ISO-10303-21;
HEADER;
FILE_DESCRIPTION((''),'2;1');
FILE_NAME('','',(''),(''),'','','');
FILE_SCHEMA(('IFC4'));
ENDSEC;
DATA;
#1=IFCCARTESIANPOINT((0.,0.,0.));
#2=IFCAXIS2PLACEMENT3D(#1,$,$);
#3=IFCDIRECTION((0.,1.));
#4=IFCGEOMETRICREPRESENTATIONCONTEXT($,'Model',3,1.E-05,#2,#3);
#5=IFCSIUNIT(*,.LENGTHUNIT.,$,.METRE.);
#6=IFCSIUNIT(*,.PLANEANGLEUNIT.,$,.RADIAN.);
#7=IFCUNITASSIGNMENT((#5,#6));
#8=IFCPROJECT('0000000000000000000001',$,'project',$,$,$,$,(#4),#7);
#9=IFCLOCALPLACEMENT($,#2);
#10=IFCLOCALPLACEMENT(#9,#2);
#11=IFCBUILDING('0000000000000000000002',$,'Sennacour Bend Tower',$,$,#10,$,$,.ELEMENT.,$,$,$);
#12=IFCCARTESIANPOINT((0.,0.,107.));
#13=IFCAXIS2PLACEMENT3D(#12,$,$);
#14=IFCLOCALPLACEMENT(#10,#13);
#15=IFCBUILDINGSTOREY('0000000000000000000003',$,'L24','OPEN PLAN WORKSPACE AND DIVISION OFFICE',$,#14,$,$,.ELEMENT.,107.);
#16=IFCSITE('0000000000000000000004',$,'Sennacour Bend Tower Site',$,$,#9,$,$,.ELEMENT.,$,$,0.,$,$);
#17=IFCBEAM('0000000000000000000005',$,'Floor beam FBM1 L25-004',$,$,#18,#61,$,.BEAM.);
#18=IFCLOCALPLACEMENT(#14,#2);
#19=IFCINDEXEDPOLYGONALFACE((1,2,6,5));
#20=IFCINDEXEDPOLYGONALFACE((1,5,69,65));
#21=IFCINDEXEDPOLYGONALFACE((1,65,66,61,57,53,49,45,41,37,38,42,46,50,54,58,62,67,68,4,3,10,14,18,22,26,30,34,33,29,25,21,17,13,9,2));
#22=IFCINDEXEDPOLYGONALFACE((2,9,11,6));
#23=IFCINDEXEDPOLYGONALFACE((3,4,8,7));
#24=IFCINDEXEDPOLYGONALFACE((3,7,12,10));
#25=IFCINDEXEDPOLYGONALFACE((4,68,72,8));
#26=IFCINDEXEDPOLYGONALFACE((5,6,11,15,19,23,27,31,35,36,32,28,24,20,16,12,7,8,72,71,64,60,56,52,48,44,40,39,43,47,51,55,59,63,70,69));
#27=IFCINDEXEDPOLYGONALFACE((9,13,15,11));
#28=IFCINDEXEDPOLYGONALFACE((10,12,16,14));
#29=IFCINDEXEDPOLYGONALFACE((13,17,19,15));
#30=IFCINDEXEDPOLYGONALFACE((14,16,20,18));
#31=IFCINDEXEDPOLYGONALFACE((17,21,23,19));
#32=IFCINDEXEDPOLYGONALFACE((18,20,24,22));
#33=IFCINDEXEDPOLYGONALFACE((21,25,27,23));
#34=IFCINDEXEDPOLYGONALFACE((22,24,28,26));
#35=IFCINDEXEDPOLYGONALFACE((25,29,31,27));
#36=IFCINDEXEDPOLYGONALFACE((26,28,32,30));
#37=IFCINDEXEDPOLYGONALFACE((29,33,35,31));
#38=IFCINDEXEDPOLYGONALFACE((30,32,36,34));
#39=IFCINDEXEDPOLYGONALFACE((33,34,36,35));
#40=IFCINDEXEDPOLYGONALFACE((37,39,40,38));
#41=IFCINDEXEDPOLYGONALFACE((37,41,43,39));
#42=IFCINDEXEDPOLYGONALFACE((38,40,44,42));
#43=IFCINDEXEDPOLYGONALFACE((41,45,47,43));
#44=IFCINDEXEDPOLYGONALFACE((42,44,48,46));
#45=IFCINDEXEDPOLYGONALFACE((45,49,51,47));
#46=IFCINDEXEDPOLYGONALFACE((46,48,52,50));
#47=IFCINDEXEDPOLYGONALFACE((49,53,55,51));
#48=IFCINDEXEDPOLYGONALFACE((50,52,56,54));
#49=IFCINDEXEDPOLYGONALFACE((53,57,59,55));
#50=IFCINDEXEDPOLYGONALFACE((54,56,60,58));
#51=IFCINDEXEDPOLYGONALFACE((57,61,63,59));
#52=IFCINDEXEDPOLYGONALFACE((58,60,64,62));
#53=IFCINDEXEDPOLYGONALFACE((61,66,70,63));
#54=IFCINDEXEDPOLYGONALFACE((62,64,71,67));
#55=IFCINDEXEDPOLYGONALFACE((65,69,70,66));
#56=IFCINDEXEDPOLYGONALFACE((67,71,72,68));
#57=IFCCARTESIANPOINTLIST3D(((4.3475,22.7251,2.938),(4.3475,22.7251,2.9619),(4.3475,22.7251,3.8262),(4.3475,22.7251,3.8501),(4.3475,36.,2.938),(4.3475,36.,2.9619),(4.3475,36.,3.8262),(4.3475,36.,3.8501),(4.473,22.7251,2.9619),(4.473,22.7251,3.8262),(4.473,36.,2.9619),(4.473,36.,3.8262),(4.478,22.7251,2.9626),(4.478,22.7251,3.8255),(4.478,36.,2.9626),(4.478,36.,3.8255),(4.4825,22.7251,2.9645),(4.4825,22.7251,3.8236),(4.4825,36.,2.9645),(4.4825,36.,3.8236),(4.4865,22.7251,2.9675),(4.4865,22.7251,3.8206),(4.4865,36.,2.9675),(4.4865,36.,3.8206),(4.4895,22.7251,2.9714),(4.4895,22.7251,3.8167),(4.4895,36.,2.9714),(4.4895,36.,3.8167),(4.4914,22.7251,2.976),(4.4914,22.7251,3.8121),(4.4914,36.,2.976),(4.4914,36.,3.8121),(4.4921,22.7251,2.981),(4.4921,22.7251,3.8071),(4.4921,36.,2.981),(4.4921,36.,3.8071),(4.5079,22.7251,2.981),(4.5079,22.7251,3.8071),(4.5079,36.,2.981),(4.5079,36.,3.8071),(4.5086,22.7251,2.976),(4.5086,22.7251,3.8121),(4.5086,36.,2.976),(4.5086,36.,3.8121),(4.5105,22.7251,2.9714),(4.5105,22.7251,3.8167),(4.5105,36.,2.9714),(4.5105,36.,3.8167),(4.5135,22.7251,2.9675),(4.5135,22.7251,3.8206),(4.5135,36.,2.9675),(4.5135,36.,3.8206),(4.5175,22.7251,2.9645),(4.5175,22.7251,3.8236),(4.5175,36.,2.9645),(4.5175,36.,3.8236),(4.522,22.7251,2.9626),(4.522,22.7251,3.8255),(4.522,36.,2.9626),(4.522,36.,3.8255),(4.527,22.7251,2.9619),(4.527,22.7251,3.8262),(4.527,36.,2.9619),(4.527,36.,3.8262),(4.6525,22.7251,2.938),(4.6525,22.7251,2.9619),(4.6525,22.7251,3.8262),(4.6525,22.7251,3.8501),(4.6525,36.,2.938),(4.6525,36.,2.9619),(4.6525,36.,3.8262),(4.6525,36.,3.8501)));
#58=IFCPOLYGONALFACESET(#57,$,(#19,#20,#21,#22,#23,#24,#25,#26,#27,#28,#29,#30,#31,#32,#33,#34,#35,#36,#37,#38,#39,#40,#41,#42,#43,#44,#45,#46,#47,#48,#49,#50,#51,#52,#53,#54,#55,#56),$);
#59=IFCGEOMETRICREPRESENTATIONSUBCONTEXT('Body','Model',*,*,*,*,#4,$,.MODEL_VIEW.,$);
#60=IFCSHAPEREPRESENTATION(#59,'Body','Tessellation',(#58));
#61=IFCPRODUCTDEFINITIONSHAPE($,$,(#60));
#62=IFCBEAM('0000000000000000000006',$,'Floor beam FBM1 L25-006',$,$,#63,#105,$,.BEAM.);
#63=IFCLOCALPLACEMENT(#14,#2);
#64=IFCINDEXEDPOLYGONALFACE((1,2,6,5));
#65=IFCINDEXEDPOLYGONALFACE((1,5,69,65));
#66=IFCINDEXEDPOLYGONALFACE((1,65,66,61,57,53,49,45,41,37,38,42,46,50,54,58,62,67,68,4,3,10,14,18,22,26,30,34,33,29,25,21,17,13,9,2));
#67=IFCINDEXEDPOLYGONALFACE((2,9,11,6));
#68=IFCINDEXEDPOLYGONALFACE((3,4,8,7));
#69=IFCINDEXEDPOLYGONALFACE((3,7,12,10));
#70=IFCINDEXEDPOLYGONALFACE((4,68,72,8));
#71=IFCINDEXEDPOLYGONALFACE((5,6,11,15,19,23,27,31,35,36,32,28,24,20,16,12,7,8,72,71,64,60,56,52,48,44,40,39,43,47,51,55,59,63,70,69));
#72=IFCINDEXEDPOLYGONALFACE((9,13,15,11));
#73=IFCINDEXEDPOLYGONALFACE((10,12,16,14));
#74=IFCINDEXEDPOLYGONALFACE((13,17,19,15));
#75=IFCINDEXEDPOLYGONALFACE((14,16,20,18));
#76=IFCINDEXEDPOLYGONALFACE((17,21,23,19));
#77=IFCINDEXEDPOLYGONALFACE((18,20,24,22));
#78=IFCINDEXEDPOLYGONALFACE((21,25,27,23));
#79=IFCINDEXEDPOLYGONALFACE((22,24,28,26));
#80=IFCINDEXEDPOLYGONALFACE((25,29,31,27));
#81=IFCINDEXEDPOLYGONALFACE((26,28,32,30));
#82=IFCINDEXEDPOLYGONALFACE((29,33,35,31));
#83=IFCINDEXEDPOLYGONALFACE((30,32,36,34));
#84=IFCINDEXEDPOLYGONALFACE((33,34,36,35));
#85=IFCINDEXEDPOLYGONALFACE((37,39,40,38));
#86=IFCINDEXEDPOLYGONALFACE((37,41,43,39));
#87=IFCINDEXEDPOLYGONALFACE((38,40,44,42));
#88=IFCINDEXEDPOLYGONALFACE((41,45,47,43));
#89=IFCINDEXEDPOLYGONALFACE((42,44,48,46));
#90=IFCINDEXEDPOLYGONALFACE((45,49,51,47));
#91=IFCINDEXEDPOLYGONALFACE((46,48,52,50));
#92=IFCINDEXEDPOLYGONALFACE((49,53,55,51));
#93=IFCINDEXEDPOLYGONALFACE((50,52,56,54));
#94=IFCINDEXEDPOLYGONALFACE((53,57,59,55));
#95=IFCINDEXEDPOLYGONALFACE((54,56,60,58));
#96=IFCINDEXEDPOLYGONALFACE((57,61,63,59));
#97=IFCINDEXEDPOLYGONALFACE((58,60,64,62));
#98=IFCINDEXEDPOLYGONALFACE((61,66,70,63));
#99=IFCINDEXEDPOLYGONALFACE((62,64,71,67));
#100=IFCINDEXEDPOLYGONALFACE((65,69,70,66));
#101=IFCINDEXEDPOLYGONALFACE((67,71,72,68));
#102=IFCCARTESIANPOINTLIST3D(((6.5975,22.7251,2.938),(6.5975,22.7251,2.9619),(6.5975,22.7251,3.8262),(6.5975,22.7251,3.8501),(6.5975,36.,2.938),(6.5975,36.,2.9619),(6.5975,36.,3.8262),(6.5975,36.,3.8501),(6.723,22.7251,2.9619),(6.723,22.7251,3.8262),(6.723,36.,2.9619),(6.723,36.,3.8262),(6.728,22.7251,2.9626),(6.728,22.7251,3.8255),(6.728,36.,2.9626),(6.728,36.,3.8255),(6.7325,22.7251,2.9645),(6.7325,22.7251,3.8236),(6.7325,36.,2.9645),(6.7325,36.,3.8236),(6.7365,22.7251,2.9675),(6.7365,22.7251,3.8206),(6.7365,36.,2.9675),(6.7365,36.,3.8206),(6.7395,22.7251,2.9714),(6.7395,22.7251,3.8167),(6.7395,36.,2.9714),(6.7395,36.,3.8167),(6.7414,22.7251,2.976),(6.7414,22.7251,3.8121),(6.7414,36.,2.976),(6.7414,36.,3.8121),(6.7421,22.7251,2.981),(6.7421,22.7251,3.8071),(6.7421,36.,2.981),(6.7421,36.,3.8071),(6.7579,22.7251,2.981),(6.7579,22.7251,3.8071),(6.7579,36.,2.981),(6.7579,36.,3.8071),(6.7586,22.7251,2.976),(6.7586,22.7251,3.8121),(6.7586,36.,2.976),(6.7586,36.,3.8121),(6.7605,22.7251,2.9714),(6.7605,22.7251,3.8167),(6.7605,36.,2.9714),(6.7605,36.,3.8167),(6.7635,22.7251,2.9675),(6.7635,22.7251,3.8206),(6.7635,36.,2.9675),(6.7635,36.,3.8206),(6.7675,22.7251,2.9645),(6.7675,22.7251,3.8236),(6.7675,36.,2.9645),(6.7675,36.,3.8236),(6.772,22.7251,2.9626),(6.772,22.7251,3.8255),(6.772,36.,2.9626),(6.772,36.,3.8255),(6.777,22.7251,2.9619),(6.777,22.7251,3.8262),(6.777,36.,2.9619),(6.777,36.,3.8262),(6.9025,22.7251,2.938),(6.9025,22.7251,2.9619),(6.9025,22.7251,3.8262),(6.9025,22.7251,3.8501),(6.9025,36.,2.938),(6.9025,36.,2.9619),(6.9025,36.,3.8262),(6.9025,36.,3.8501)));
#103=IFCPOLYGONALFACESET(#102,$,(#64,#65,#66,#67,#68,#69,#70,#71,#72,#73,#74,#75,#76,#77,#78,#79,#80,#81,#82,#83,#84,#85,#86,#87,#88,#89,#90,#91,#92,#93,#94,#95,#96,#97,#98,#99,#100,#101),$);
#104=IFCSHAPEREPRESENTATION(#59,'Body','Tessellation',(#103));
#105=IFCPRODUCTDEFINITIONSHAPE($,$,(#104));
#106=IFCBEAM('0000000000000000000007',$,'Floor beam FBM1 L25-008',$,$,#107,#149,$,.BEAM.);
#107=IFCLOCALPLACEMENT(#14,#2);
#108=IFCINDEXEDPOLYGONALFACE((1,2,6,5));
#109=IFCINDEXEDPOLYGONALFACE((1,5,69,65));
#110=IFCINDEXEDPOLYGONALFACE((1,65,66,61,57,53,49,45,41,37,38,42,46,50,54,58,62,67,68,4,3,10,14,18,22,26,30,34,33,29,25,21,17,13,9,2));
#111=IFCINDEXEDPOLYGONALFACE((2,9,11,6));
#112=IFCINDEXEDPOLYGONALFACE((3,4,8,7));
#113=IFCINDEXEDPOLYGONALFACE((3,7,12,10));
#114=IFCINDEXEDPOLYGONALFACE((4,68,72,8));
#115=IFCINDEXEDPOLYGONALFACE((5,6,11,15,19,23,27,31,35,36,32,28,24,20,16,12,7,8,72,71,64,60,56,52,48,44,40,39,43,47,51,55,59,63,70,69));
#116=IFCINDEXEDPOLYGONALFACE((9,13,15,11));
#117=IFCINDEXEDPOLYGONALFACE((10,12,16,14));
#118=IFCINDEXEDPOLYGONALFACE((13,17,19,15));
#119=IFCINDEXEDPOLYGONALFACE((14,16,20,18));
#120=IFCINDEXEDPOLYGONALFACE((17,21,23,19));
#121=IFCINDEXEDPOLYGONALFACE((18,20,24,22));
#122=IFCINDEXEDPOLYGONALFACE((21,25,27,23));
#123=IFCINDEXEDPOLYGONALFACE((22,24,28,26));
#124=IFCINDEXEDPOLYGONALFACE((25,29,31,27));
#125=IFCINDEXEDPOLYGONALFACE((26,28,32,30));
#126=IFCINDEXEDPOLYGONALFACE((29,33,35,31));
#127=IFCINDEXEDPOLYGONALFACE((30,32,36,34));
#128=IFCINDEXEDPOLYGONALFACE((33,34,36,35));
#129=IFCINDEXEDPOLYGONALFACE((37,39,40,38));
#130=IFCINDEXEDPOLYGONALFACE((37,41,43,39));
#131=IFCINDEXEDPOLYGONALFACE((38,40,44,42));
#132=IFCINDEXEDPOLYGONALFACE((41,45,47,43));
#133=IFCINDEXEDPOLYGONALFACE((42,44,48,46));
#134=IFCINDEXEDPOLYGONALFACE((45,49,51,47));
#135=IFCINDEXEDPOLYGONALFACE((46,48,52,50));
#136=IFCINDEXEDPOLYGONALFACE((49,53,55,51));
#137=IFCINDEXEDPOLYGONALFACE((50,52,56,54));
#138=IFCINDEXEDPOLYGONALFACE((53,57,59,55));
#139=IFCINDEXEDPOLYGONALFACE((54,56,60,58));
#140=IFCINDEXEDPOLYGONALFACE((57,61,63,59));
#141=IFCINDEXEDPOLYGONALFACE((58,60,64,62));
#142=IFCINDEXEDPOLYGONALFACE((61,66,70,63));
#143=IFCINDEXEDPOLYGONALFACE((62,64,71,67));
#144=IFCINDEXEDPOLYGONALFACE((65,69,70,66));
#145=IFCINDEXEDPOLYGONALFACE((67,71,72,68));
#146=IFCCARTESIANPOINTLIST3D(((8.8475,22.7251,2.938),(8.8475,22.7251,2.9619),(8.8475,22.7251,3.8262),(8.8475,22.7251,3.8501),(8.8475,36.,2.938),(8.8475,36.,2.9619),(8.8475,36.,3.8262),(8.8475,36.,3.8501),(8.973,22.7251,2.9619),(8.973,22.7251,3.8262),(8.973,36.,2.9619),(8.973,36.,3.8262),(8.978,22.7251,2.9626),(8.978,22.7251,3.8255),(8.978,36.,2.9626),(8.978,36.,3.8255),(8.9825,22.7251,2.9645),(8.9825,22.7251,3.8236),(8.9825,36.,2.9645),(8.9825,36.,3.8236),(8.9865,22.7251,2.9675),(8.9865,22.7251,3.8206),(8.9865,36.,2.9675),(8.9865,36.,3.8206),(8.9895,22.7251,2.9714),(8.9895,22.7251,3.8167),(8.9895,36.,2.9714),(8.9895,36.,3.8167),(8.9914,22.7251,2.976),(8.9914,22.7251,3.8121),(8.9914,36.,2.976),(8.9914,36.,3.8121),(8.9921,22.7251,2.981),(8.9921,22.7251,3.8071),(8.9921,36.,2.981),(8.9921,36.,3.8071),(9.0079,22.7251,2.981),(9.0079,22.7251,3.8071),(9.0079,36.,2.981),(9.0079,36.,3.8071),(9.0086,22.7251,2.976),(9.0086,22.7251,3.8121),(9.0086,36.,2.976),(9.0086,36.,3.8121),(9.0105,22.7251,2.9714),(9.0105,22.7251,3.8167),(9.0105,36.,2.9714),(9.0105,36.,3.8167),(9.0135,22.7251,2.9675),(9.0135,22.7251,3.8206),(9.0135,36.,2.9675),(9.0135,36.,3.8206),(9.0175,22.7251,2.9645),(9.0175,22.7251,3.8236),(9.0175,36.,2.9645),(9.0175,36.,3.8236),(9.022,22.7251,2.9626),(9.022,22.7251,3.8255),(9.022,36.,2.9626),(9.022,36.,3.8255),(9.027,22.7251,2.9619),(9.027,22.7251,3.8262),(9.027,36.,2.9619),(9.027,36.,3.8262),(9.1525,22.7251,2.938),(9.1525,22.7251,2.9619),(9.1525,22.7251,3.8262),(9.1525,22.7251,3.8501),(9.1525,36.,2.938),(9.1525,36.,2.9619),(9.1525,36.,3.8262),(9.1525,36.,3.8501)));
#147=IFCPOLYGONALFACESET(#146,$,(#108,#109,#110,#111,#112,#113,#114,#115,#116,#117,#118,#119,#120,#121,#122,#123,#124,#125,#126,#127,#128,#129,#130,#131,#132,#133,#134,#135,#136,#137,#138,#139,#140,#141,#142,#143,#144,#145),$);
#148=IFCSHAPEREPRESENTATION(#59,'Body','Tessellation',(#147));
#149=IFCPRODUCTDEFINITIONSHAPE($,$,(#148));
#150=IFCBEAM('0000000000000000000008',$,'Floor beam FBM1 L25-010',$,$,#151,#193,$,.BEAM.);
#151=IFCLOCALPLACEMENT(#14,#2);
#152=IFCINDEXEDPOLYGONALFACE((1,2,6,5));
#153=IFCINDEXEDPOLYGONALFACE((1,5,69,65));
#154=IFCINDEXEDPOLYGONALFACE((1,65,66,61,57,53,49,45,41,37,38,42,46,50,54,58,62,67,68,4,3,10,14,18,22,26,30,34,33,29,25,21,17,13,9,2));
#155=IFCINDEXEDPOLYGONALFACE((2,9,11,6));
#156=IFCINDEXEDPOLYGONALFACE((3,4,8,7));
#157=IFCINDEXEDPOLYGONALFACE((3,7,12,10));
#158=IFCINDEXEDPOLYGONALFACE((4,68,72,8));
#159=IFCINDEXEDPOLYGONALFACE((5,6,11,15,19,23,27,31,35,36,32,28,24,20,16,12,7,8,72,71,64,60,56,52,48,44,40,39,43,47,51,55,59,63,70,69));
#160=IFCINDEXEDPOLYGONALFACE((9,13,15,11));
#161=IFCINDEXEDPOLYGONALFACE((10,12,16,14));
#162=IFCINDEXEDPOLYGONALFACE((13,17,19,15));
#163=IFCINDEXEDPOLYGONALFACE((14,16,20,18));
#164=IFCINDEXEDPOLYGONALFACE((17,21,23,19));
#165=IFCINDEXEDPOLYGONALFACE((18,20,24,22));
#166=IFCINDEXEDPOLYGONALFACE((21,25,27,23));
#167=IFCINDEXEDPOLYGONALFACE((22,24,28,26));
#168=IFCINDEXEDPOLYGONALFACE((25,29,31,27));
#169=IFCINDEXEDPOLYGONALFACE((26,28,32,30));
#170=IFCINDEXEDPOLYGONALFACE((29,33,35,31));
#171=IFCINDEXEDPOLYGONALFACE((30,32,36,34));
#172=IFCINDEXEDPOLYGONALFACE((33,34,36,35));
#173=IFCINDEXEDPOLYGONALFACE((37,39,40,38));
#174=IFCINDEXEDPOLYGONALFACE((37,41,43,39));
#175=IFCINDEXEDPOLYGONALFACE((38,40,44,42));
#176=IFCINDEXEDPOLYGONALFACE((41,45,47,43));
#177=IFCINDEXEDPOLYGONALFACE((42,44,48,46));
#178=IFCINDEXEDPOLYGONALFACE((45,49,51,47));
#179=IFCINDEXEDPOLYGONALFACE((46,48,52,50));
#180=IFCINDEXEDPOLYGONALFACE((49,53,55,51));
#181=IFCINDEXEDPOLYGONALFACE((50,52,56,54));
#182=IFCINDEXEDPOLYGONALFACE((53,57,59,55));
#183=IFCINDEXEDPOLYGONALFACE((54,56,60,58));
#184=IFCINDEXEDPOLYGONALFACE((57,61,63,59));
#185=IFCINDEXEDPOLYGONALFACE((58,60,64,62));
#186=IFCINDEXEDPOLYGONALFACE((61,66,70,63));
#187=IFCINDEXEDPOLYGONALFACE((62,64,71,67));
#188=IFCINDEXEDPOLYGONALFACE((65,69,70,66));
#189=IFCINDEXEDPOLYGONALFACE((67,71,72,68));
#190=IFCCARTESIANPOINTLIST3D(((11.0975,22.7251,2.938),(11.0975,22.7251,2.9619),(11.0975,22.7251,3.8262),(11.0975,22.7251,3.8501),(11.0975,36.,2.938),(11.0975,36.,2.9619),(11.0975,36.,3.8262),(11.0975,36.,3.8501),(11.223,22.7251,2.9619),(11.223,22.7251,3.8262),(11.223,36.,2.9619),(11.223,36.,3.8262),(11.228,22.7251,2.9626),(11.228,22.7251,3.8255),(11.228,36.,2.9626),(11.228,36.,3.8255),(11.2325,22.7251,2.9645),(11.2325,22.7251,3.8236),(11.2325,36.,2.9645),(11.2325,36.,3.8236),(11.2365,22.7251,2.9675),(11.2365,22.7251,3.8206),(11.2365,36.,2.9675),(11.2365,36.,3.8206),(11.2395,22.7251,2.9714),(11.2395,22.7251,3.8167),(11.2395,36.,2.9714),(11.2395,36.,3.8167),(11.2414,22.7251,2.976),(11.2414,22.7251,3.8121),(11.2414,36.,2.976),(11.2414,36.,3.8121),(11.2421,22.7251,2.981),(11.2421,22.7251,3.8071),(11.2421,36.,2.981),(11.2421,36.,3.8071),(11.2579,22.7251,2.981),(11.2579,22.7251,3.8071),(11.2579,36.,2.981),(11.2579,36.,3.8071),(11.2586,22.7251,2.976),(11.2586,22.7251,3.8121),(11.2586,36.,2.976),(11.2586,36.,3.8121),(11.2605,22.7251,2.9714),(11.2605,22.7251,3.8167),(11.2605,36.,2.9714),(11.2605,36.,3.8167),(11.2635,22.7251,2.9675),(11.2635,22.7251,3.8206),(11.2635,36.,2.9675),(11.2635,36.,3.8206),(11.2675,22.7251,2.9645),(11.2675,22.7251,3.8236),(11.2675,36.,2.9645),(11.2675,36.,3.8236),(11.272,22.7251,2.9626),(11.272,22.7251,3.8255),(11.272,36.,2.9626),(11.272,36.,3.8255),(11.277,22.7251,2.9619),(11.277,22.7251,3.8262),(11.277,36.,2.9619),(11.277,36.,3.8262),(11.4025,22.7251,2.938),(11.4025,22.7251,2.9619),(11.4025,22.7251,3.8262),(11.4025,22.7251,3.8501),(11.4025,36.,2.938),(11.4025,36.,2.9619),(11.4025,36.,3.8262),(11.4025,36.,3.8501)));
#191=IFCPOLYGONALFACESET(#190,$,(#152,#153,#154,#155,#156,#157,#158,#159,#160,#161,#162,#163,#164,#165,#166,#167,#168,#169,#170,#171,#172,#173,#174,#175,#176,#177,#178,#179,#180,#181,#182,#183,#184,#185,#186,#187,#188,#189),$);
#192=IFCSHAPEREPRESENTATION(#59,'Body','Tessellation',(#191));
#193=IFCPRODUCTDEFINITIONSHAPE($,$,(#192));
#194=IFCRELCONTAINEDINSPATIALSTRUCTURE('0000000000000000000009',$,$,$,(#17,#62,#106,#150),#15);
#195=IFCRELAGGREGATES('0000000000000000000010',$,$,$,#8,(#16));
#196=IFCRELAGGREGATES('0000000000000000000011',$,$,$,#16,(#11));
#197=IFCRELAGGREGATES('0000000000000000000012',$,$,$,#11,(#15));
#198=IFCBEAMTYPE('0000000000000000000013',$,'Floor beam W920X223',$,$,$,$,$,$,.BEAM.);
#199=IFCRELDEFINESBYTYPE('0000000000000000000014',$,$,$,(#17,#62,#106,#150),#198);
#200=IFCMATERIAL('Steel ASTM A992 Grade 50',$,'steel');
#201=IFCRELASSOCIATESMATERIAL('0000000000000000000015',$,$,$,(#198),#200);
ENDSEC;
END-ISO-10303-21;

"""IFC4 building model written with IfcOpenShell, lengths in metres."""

from ifc_helpers import new_model, si_unit, direction, frame, origin, origin_2d, place, context, subcontext, project, spatial, i_section, extrude, material, material_profile, profile_set, type_object, element, save


model = new_model("IFC4")

# Units and contexts
model_context = context("Model", 3, precision=1e-05, world=origin(), true_north=direction((0.0, 1.0)))
body_context = subcontext(model_context, "Body", "Model", "MODEL_VIEW")
ifc_project = project(units=[si_unit("LENGTHUNIT", "METRE"), si_unit("PLANEANGLEUNIT", "RADIAN")], contexts=[model_context])

# Site, building, storey
site_placement = place(None, origin())
site = spatial("IfcSite", under=ifc_project, at=site_placement, Name="Sennacour Bend Tower Site", CompositionType="ELEMENT", RefElevation=0.0)
building_placement = place(site_placement, origin())
building = spatial("IfcBuilding", under=site, at=building_placement, Name="Sennacour Bend Tower", CompositionType="ELEMENT")
storey_placement = place(building_placement, frame((0.0, 0.0, 107.0)))
storey = spatial("IfcBuildingStorey", under=building, at=storey_placement, Name="L24", Description="OPEN PLAN WORKSPACE AND DIVISION OFFICE", CompositionType="ELEMENT", Elevation=107.0)

# Beams
ifc_material_1 = material(Name="Steel ASTM A992 Grade 50", Category="steel")
ifc_material_profile = material_profile(ifc_material_1, i_section(OverallWidth=0.3049, OverallDepth=0.9121, WebThickness=0.0159, FlangeThickness=0.0239, FilletRadius=0.019, at=origin_2d()), Name="Steel ASTM A992 Grade 50", Category="steel")
ifc_profile_set = profile_set([ifc_material_profile], Name="Steel ASTM A992 Grade 50")
beam_type = type_object("IfcBeamType", Name="Floor beam W920X223", PredefinedType="BEAM", material=ifc_profile_set)
for number, where, z_axis, x_axis, name in (
    (1, (4.5, 22.7251, 3.394), (0.0, 1.0, 0.0), (-1.0, 0.0, 0.0), "Floor beam FBM1 L25-004"),
    (2, (6.75, 22.7251, 3.394), (0.0, 1.0, 0.0), (-1.0, 0.0, 0.0), "Floor beam FBM1 L25-006"),
    (3, (9.0, 22.7251, 3.394), (0.0, 1.0, 0.0), (-1.0, 0.0, 0.0), "Floor beam FBM1 L25-008"),
    (4, (11.25, 22.7251, 3.394), (0.0, 1.0, 0.0), (-1.0, 0.0, 0.0), "Floor beam FBM1 L25-010"),
):
    element("IfcBeam", number, at=place(storey_placement, frame(where, z_axis=z_axis, x_axis=x_axis)), inside=storey, type_object=beam_type, Name=name, PredefinedType="BEAM", context=body_context, shape_type="SweptSolid", body=[
        extrude(i_section(OverallWidth=0.3049, OverallDepth=0.9121, WebThickness=0.0159, FlangeThickness=0.0239, FilletRadius=0.019, at=origin_2d()), origin(), (0.0, 0.0, 1.0), 13.2749),
    ])

save(model, "model.ifc")
